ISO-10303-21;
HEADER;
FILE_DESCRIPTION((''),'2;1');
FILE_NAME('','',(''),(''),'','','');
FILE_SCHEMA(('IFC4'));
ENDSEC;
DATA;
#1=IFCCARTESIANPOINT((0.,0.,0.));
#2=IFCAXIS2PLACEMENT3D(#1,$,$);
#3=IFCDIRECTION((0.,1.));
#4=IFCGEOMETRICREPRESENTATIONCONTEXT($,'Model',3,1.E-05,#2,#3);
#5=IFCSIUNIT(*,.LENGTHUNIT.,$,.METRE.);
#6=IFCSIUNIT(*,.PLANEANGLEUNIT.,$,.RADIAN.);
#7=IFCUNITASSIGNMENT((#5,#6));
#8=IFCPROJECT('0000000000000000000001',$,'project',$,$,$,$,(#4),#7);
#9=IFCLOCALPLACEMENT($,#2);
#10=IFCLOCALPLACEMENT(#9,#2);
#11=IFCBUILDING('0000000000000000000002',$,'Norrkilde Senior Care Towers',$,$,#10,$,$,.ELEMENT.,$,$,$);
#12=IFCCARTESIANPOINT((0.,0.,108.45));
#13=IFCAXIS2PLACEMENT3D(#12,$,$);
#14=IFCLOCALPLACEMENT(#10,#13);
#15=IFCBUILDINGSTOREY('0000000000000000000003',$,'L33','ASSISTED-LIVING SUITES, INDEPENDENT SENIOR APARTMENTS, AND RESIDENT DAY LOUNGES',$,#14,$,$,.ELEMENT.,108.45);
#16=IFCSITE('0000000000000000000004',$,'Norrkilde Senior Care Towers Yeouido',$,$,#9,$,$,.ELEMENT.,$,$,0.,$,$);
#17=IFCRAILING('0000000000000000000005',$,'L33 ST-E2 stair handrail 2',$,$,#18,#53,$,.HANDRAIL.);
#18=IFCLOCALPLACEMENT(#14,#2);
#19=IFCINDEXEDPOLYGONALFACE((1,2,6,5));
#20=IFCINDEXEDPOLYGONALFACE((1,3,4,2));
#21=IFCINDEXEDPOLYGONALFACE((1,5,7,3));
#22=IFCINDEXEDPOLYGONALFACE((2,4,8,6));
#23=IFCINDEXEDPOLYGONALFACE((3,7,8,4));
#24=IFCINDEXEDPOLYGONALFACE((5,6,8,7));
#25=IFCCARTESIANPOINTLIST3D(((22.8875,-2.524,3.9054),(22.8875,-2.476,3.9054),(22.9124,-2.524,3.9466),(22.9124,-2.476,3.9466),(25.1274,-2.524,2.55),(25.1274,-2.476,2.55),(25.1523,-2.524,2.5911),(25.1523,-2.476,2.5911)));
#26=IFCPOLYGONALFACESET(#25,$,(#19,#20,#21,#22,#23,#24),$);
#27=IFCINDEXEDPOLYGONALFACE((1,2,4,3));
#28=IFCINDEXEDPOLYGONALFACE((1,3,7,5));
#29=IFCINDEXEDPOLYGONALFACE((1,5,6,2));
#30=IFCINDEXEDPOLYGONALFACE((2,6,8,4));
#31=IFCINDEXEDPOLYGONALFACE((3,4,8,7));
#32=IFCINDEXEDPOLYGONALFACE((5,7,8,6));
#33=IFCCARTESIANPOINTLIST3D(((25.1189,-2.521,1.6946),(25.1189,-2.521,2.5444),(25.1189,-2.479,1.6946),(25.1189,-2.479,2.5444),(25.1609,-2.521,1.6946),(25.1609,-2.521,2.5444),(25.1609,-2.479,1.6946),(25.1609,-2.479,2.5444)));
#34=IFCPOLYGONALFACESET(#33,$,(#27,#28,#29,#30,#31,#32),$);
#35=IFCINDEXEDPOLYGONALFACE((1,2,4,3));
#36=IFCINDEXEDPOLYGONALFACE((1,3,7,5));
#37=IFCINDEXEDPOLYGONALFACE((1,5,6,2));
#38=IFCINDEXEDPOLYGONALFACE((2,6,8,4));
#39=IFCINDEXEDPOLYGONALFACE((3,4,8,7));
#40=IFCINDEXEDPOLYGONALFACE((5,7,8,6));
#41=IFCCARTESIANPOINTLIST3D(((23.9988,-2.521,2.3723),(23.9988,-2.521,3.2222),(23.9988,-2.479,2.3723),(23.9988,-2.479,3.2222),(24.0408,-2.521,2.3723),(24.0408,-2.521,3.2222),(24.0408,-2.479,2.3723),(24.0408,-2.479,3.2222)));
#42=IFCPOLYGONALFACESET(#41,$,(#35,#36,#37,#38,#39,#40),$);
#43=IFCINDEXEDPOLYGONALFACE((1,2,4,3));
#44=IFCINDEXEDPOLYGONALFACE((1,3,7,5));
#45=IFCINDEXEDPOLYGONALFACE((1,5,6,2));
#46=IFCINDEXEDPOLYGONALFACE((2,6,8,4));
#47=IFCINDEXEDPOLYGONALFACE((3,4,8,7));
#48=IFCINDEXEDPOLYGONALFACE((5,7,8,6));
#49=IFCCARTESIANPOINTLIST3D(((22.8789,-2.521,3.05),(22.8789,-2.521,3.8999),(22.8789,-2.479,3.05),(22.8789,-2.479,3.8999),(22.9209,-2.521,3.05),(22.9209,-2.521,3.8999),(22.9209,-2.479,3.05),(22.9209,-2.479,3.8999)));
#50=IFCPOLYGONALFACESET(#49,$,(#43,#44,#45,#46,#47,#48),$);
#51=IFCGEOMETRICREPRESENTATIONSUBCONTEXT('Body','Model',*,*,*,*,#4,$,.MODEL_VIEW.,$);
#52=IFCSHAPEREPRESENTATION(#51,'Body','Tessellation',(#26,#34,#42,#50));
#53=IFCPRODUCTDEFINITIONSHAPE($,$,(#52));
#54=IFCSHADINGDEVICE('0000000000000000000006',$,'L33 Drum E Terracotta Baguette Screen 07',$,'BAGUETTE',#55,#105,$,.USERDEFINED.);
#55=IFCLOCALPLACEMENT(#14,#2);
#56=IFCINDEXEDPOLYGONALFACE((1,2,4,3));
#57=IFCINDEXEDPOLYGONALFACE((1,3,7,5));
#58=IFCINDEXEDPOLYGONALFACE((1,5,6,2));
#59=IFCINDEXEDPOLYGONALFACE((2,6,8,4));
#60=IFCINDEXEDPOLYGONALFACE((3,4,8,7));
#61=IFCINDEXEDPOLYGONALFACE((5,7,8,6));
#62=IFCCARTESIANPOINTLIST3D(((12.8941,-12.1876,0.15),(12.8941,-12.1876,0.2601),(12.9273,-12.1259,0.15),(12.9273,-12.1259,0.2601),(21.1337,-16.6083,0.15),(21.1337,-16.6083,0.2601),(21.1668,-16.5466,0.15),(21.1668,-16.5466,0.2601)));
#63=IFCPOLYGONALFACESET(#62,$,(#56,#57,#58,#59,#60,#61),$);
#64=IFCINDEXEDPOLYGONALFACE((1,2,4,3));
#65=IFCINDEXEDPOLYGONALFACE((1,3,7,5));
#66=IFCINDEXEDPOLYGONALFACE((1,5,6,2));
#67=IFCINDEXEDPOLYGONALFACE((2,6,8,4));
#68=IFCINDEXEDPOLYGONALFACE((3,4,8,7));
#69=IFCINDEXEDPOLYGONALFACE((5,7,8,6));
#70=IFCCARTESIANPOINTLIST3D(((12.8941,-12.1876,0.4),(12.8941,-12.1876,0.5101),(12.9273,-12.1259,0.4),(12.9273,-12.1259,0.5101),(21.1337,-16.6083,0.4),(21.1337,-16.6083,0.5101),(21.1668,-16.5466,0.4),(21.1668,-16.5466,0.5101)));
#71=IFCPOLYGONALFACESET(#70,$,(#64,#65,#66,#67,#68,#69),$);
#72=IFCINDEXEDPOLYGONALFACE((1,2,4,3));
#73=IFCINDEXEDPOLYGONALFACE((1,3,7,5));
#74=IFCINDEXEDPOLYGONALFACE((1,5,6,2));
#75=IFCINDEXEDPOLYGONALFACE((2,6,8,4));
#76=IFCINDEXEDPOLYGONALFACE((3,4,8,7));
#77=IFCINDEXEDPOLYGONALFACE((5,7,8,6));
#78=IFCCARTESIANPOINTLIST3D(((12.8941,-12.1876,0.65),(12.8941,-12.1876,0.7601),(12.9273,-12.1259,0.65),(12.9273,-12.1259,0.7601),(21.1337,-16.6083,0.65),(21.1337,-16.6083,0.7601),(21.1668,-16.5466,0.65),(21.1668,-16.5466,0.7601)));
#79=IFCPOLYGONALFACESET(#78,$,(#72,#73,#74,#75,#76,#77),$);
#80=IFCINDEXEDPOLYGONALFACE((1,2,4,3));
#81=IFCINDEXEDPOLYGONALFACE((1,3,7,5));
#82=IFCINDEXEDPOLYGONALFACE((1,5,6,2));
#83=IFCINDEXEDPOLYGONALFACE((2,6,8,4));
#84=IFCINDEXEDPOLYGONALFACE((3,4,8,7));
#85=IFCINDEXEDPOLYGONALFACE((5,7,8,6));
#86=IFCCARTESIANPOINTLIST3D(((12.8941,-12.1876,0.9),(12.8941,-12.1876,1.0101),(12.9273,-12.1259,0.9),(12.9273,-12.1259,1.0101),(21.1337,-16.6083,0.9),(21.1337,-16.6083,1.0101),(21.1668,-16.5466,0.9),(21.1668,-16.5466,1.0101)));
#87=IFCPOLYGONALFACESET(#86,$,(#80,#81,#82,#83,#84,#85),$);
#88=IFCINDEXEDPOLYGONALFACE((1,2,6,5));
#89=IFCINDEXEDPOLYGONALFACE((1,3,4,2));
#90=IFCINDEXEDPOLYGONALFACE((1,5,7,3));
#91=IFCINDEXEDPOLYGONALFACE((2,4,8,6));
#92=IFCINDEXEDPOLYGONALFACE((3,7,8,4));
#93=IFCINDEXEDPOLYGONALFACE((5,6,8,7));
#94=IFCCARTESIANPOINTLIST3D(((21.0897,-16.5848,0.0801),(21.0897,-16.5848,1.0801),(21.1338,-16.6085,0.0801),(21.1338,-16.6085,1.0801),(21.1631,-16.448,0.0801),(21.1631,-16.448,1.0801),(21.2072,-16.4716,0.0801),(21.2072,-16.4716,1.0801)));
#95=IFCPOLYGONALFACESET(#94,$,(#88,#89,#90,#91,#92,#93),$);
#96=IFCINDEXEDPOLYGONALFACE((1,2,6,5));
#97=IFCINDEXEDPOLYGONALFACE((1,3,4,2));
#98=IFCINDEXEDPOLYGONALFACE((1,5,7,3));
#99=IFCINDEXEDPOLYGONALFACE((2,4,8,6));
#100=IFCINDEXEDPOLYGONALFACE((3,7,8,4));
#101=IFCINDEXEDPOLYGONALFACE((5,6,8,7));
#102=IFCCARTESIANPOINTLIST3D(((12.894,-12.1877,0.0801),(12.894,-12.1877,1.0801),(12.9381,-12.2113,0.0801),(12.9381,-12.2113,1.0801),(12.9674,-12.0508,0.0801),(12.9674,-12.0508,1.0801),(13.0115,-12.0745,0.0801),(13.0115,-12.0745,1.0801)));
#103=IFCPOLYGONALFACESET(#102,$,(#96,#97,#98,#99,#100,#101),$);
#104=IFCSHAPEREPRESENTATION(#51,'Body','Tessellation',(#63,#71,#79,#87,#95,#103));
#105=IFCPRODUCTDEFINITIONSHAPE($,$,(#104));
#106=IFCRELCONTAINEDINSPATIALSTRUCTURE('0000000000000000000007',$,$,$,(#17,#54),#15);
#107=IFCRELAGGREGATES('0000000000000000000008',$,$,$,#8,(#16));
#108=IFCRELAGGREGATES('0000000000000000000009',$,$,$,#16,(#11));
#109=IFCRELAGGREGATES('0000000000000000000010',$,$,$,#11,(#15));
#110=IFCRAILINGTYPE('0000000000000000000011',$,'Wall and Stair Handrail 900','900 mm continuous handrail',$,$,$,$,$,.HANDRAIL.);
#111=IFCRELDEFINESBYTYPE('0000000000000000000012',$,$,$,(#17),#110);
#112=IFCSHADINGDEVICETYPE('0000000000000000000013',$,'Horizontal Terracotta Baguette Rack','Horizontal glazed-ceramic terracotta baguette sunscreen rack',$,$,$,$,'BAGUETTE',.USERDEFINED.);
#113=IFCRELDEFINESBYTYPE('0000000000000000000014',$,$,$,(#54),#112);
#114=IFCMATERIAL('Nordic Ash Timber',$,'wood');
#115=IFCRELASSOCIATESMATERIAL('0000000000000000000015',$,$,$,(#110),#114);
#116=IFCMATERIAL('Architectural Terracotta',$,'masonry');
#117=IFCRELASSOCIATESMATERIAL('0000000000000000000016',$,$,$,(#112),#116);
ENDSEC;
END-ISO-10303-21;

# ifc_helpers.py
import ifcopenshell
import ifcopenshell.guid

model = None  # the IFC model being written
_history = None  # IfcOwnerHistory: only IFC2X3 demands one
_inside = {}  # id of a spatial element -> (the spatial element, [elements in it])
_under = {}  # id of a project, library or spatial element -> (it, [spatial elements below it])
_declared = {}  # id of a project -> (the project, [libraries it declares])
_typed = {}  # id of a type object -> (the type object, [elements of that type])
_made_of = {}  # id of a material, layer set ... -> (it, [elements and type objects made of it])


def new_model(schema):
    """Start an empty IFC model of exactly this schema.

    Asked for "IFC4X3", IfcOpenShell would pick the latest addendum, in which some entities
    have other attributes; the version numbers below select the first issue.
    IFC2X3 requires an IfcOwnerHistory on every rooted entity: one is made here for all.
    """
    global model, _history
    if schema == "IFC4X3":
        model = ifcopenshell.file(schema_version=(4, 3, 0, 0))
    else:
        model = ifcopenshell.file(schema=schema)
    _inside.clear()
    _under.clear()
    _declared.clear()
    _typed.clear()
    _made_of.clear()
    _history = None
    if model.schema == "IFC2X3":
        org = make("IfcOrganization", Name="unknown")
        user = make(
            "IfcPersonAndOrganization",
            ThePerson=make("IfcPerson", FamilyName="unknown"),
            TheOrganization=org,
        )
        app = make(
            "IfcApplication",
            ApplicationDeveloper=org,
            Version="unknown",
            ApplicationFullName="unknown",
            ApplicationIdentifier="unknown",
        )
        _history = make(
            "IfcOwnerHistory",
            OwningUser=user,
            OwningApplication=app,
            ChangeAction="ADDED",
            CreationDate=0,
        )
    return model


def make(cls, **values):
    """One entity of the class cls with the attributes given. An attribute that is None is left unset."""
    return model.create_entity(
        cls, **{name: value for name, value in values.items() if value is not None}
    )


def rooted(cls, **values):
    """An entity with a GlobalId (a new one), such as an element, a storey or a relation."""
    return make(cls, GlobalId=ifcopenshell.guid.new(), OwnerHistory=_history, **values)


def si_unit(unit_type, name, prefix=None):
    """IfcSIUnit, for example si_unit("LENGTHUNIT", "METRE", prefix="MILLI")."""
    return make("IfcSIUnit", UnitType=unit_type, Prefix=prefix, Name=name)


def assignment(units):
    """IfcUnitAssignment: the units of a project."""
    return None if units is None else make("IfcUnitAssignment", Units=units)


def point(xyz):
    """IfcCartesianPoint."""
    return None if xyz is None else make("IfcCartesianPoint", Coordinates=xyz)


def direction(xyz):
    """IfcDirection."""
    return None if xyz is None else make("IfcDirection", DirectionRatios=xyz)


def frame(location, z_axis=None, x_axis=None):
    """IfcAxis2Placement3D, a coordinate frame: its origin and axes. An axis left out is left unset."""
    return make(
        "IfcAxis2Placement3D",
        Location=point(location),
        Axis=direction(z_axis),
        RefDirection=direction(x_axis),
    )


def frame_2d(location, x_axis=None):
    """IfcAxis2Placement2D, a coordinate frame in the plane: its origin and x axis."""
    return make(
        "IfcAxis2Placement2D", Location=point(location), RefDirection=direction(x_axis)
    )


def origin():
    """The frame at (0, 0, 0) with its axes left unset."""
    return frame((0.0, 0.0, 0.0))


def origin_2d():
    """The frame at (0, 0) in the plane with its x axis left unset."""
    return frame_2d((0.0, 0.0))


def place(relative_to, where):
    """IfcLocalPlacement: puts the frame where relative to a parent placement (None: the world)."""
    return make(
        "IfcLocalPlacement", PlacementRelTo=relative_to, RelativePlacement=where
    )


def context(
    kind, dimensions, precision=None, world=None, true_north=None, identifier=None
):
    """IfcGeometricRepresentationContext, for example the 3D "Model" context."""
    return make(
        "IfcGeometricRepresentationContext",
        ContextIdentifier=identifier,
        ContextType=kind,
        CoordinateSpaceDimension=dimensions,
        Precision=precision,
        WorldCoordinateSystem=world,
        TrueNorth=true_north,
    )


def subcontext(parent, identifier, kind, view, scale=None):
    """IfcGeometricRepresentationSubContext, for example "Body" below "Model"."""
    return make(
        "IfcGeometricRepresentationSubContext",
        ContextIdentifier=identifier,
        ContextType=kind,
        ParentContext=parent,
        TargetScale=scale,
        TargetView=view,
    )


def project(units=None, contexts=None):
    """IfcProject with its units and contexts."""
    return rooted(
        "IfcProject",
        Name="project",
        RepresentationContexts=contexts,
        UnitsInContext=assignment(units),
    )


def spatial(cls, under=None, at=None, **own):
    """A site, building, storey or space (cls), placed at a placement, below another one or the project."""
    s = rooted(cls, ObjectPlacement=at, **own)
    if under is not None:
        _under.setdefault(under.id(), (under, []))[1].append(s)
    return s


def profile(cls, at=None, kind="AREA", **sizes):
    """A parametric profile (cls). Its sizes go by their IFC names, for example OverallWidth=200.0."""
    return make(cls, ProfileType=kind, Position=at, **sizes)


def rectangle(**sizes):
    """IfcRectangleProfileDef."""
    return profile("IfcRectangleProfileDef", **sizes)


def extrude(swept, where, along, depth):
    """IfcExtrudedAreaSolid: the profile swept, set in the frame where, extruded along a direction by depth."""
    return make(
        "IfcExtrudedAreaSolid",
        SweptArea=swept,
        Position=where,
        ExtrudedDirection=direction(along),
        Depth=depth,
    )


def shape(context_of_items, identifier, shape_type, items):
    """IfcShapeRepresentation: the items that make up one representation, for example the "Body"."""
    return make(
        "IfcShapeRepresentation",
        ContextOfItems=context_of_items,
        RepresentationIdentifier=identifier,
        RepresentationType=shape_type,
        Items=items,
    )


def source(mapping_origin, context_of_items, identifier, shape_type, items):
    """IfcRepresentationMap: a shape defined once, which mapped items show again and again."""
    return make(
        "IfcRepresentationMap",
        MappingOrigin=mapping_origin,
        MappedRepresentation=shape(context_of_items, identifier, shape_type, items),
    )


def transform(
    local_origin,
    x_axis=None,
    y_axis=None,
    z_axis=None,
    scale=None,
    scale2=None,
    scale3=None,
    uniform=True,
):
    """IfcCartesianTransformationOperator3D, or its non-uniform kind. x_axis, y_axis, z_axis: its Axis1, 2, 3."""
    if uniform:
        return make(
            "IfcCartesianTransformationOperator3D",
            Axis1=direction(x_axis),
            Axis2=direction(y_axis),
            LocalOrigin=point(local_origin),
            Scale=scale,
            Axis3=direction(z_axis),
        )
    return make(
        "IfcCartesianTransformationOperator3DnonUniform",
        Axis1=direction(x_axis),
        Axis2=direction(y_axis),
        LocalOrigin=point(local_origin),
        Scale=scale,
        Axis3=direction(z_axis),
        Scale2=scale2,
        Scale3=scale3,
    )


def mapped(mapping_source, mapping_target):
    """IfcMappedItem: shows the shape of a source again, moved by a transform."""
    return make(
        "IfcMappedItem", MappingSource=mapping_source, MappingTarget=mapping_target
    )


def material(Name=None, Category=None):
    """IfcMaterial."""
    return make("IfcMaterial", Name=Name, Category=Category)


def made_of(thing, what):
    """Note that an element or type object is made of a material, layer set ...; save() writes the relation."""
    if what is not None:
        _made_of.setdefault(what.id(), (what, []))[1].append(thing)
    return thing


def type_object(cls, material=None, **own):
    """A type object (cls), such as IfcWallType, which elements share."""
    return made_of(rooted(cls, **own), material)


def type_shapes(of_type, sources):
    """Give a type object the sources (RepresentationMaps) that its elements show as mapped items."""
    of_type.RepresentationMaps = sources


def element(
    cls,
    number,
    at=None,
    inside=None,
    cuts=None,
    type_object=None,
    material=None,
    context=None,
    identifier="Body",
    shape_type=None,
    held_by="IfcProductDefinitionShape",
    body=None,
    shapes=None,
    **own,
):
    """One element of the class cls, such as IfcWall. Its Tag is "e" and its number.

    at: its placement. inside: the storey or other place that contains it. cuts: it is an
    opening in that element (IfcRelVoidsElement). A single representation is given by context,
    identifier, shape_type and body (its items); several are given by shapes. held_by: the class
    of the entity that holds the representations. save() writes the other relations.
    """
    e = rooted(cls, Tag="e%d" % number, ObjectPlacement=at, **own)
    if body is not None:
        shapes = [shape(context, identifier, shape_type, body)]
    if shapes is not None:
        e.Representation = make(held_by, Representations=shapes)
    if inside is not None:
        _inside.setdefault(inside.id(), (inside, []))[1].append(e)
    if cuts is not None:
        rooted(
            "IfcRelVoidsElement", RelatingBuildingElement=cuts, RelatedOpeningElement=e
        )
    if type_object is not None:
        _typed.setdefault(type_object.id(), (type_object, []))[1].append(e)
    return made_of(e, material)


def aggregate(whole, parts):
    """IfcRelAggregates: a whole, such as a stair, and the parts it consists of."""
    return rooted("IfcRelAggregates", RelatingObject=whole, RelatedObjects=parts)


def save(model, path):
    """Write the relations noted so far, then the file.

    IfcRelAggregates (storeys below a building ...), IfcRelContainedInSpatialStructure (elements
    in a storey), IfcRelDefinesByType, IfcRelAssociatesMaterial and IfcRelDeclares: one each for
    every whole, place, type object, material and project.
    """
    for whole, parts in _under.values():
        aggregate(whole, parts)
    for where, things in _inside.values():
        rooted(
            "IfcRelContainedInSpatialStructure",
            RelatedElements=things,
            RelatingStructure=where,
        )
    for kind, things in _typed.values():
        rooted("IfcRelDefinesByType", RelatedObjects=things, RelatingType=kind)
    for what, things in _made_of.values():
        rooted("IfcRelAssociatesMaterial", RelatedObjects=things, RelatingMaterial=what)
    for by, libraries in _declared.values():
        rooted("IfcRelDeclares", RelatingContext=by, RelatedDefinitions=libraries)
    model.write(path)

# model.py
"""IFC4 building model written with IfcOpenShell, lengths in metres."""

from ifc_helpers import new_model, si_unit, direction, frame, origin, origin_2d, place, context, subcontext, project, spatial, rectangle, extrude, source, transform, mapped, material, type_object, type_shapes, element, save


model = new_model("IFC4")

# Units and contexts
model_context = context("Model", 3, precision=1e-05, world=origin(), true_north=direction((0.0, 1.0)))
body_context = subcontext(model_context, "Body", "Model", "MODEL_VIEW")
ifc_project = project(units=[si_unit("LENGTHUNIT", "METRE"), si_unit("PLANEANGLEUNIT", "RADIAN")], contexts=[model_context])

# Site, building, storey
site_placement = place(None, origin())
site = spatial("IfcSite", under=ifc_project, at=site_placement, Name="Norrkilde Senior Care Towers Yeouido", CompositionType="ELEMENT", RefElevation=0.0)
building_placement = place(site_placement, origin())
building = spatial("IfcBuilding", under=site, at=building_placement, Name="Norrkilde Senior Care Towers", CompositionType="ELEMENT")
storey_placement = place(building_placement, frame((0.0, 0.0, 108.45)))
storey = spatial("IfcBuildingStorey", under=building, at=storey_placement, Name="L33", Description="ASSISTED-LIVING SUITES, INDEPENDENT SENIOR APARTMENTS, AND RESIDENT DAY LOUNGES", CompositionType="ELEMENT", Elevation=108.45)

# Shared definitions
ifc_material_1 = material(Name="Nordic Ash Timber", Category="wood")

# Railing
railing_type_1 = type_object("IfcRailingType", Name="Wall and Stair Handrail 900", Description="900 mm continuous handrail", PredefinedType="HANDRAIL", material=ifc_material_1)
railing_1_placement = place(storey_placement, frame((25.1399, -2.5, 1.6946)))
element("IfcRailing", 1, at=railing_1_placement, inside=storey, type_object=railing_type_1, Name="L33 ST-E2 stair handrail 2", PredefinedType="HANDRAIL", context=body_context, shape_type="SweptSolid", body=[
    extrude(rectangle(XDim=0.0481, YDim=0.0481, at=origin_2d()), frame((0.0, 0.0, 0.876), z_axis=(-0.855553, 0.0, 0.517715), x_axis=(0.0, -1.0, 0.0)), (0.0, 0.0, 1.0), 2.6182),
    extrude(rectangle(XDim=0.042, YDim=0.042, at=origin_2d()), origin(), (0.0, 0.0, 1.0), 0.8499),
    extrude(rectangle(XDim=0.042, YDim=0.042, at=origin_2d()), frame((-1.1201, 0.0, 0.6777)), (0.0, 0.0, 1.0), 0.8499),
    extrude(rectangle(XDim=0.042, YDim=0.042, at=origin_2d()), frame((-2.24, 0.0, 1.3555)), (0.0, 0.0, 1.0), 0.8499),
])

# Shading device
ifc_material_2 = material(Name="Architectural Terracotta", Category="masonry")
shading_device_type = type_object("IfcShadingDeviceType", Name="Horizontal Terracotta Baguette Rack", Description="Horizontal glazed-ceramic terracotta baguette sunscreen rack", ElementType="BAGUETTE", PredefinedType="USERDEFINED", material=ifc_material_2)
shared_shape_1 = source(origin(), body_context, "Body", "SweptSolid", [
    extrude(rectangle(XDim=0.0701, YDim=0.1101, at=origin_2d()), frame((0.0, 0.0901, 0.125), z_axis=(1.0, 0.0, 0.0), x_axis=(0.0, 1.0, 0.0)), (0.0, 0.0, 1.0), 9.3506),
    extrude(rectangle(XDim=0.0701, YDim=0.1101, at=origin_2d()), frame((0.0, 0.0901, 0.375), z_axis=(1.0, 0.0, 0.0), x_axis=(0.0, 1.0, 0.0)), (0.0, 0.0, 1.0), 9.3506),
    extrude(rectangle(XDim=0.0701, YDim=0.1101, at=origin_2d()), frame((0.0, 0.0901, 0.625), z_axis=(1.0, 0.0, 0.0), x_axis=(0.0, 1.0, 0.0)), (0.0, 0.0, 1.0), 9.3506),
    extrude(rectangle(XDim=0.0701, YDim=0.1101, at=origin_2d()), frame((0.0, 0.0901, 0.875), z_axis=(1.0, 0.0, 0.0), x_axis=(0.0, 1.0, 0.0)), (0.0, 0.0, 1.0), 9.3506),
    extrude(rectangle(XDim=0.05, YDim=0.1553, at=origin_2d()), frame((0.0249, 0.0476, 0.0)), (0.0, 0.0, 1.0), 1.0),
    extrude(rectangle(XDim=0.05, YDim=0.1553, at=origin_2d()), frame((9.3257, 0.0476, 0.0)), (0.0, 0.0, 1.0), 1.0),
])
type_shapes(shading_device_type, [shared_shape_1])
shading_device_placement = place(storey_placement, frame((21.1929, -16.498, 0.0801), z_axis=(0.0, 0.0, 1.0), x_axis=(-0.881175, 0.472768, 0.0)))
element("IfcShadingDevice", 2, at=shading_device_placement, inside=storey, type_object=shading_device_type, Name="L33 Drum E Terracotta Baguette Screen 07", ObjectType="BAGUETTE", PredefinedType="USERDEFINED", context=body_context, shape_type="MappedRepresentation", body=[
    mapped(shared_shape_1, transform((0.0, 0.0, 0.0), x_axis=(1.0, 0.0, 0.0), y_axis=(0.0, 1.0, 0.0), z_axis=(0.0, 0.0, 1.0), scale=1.0)),
])

save(model, "model.ifc")
